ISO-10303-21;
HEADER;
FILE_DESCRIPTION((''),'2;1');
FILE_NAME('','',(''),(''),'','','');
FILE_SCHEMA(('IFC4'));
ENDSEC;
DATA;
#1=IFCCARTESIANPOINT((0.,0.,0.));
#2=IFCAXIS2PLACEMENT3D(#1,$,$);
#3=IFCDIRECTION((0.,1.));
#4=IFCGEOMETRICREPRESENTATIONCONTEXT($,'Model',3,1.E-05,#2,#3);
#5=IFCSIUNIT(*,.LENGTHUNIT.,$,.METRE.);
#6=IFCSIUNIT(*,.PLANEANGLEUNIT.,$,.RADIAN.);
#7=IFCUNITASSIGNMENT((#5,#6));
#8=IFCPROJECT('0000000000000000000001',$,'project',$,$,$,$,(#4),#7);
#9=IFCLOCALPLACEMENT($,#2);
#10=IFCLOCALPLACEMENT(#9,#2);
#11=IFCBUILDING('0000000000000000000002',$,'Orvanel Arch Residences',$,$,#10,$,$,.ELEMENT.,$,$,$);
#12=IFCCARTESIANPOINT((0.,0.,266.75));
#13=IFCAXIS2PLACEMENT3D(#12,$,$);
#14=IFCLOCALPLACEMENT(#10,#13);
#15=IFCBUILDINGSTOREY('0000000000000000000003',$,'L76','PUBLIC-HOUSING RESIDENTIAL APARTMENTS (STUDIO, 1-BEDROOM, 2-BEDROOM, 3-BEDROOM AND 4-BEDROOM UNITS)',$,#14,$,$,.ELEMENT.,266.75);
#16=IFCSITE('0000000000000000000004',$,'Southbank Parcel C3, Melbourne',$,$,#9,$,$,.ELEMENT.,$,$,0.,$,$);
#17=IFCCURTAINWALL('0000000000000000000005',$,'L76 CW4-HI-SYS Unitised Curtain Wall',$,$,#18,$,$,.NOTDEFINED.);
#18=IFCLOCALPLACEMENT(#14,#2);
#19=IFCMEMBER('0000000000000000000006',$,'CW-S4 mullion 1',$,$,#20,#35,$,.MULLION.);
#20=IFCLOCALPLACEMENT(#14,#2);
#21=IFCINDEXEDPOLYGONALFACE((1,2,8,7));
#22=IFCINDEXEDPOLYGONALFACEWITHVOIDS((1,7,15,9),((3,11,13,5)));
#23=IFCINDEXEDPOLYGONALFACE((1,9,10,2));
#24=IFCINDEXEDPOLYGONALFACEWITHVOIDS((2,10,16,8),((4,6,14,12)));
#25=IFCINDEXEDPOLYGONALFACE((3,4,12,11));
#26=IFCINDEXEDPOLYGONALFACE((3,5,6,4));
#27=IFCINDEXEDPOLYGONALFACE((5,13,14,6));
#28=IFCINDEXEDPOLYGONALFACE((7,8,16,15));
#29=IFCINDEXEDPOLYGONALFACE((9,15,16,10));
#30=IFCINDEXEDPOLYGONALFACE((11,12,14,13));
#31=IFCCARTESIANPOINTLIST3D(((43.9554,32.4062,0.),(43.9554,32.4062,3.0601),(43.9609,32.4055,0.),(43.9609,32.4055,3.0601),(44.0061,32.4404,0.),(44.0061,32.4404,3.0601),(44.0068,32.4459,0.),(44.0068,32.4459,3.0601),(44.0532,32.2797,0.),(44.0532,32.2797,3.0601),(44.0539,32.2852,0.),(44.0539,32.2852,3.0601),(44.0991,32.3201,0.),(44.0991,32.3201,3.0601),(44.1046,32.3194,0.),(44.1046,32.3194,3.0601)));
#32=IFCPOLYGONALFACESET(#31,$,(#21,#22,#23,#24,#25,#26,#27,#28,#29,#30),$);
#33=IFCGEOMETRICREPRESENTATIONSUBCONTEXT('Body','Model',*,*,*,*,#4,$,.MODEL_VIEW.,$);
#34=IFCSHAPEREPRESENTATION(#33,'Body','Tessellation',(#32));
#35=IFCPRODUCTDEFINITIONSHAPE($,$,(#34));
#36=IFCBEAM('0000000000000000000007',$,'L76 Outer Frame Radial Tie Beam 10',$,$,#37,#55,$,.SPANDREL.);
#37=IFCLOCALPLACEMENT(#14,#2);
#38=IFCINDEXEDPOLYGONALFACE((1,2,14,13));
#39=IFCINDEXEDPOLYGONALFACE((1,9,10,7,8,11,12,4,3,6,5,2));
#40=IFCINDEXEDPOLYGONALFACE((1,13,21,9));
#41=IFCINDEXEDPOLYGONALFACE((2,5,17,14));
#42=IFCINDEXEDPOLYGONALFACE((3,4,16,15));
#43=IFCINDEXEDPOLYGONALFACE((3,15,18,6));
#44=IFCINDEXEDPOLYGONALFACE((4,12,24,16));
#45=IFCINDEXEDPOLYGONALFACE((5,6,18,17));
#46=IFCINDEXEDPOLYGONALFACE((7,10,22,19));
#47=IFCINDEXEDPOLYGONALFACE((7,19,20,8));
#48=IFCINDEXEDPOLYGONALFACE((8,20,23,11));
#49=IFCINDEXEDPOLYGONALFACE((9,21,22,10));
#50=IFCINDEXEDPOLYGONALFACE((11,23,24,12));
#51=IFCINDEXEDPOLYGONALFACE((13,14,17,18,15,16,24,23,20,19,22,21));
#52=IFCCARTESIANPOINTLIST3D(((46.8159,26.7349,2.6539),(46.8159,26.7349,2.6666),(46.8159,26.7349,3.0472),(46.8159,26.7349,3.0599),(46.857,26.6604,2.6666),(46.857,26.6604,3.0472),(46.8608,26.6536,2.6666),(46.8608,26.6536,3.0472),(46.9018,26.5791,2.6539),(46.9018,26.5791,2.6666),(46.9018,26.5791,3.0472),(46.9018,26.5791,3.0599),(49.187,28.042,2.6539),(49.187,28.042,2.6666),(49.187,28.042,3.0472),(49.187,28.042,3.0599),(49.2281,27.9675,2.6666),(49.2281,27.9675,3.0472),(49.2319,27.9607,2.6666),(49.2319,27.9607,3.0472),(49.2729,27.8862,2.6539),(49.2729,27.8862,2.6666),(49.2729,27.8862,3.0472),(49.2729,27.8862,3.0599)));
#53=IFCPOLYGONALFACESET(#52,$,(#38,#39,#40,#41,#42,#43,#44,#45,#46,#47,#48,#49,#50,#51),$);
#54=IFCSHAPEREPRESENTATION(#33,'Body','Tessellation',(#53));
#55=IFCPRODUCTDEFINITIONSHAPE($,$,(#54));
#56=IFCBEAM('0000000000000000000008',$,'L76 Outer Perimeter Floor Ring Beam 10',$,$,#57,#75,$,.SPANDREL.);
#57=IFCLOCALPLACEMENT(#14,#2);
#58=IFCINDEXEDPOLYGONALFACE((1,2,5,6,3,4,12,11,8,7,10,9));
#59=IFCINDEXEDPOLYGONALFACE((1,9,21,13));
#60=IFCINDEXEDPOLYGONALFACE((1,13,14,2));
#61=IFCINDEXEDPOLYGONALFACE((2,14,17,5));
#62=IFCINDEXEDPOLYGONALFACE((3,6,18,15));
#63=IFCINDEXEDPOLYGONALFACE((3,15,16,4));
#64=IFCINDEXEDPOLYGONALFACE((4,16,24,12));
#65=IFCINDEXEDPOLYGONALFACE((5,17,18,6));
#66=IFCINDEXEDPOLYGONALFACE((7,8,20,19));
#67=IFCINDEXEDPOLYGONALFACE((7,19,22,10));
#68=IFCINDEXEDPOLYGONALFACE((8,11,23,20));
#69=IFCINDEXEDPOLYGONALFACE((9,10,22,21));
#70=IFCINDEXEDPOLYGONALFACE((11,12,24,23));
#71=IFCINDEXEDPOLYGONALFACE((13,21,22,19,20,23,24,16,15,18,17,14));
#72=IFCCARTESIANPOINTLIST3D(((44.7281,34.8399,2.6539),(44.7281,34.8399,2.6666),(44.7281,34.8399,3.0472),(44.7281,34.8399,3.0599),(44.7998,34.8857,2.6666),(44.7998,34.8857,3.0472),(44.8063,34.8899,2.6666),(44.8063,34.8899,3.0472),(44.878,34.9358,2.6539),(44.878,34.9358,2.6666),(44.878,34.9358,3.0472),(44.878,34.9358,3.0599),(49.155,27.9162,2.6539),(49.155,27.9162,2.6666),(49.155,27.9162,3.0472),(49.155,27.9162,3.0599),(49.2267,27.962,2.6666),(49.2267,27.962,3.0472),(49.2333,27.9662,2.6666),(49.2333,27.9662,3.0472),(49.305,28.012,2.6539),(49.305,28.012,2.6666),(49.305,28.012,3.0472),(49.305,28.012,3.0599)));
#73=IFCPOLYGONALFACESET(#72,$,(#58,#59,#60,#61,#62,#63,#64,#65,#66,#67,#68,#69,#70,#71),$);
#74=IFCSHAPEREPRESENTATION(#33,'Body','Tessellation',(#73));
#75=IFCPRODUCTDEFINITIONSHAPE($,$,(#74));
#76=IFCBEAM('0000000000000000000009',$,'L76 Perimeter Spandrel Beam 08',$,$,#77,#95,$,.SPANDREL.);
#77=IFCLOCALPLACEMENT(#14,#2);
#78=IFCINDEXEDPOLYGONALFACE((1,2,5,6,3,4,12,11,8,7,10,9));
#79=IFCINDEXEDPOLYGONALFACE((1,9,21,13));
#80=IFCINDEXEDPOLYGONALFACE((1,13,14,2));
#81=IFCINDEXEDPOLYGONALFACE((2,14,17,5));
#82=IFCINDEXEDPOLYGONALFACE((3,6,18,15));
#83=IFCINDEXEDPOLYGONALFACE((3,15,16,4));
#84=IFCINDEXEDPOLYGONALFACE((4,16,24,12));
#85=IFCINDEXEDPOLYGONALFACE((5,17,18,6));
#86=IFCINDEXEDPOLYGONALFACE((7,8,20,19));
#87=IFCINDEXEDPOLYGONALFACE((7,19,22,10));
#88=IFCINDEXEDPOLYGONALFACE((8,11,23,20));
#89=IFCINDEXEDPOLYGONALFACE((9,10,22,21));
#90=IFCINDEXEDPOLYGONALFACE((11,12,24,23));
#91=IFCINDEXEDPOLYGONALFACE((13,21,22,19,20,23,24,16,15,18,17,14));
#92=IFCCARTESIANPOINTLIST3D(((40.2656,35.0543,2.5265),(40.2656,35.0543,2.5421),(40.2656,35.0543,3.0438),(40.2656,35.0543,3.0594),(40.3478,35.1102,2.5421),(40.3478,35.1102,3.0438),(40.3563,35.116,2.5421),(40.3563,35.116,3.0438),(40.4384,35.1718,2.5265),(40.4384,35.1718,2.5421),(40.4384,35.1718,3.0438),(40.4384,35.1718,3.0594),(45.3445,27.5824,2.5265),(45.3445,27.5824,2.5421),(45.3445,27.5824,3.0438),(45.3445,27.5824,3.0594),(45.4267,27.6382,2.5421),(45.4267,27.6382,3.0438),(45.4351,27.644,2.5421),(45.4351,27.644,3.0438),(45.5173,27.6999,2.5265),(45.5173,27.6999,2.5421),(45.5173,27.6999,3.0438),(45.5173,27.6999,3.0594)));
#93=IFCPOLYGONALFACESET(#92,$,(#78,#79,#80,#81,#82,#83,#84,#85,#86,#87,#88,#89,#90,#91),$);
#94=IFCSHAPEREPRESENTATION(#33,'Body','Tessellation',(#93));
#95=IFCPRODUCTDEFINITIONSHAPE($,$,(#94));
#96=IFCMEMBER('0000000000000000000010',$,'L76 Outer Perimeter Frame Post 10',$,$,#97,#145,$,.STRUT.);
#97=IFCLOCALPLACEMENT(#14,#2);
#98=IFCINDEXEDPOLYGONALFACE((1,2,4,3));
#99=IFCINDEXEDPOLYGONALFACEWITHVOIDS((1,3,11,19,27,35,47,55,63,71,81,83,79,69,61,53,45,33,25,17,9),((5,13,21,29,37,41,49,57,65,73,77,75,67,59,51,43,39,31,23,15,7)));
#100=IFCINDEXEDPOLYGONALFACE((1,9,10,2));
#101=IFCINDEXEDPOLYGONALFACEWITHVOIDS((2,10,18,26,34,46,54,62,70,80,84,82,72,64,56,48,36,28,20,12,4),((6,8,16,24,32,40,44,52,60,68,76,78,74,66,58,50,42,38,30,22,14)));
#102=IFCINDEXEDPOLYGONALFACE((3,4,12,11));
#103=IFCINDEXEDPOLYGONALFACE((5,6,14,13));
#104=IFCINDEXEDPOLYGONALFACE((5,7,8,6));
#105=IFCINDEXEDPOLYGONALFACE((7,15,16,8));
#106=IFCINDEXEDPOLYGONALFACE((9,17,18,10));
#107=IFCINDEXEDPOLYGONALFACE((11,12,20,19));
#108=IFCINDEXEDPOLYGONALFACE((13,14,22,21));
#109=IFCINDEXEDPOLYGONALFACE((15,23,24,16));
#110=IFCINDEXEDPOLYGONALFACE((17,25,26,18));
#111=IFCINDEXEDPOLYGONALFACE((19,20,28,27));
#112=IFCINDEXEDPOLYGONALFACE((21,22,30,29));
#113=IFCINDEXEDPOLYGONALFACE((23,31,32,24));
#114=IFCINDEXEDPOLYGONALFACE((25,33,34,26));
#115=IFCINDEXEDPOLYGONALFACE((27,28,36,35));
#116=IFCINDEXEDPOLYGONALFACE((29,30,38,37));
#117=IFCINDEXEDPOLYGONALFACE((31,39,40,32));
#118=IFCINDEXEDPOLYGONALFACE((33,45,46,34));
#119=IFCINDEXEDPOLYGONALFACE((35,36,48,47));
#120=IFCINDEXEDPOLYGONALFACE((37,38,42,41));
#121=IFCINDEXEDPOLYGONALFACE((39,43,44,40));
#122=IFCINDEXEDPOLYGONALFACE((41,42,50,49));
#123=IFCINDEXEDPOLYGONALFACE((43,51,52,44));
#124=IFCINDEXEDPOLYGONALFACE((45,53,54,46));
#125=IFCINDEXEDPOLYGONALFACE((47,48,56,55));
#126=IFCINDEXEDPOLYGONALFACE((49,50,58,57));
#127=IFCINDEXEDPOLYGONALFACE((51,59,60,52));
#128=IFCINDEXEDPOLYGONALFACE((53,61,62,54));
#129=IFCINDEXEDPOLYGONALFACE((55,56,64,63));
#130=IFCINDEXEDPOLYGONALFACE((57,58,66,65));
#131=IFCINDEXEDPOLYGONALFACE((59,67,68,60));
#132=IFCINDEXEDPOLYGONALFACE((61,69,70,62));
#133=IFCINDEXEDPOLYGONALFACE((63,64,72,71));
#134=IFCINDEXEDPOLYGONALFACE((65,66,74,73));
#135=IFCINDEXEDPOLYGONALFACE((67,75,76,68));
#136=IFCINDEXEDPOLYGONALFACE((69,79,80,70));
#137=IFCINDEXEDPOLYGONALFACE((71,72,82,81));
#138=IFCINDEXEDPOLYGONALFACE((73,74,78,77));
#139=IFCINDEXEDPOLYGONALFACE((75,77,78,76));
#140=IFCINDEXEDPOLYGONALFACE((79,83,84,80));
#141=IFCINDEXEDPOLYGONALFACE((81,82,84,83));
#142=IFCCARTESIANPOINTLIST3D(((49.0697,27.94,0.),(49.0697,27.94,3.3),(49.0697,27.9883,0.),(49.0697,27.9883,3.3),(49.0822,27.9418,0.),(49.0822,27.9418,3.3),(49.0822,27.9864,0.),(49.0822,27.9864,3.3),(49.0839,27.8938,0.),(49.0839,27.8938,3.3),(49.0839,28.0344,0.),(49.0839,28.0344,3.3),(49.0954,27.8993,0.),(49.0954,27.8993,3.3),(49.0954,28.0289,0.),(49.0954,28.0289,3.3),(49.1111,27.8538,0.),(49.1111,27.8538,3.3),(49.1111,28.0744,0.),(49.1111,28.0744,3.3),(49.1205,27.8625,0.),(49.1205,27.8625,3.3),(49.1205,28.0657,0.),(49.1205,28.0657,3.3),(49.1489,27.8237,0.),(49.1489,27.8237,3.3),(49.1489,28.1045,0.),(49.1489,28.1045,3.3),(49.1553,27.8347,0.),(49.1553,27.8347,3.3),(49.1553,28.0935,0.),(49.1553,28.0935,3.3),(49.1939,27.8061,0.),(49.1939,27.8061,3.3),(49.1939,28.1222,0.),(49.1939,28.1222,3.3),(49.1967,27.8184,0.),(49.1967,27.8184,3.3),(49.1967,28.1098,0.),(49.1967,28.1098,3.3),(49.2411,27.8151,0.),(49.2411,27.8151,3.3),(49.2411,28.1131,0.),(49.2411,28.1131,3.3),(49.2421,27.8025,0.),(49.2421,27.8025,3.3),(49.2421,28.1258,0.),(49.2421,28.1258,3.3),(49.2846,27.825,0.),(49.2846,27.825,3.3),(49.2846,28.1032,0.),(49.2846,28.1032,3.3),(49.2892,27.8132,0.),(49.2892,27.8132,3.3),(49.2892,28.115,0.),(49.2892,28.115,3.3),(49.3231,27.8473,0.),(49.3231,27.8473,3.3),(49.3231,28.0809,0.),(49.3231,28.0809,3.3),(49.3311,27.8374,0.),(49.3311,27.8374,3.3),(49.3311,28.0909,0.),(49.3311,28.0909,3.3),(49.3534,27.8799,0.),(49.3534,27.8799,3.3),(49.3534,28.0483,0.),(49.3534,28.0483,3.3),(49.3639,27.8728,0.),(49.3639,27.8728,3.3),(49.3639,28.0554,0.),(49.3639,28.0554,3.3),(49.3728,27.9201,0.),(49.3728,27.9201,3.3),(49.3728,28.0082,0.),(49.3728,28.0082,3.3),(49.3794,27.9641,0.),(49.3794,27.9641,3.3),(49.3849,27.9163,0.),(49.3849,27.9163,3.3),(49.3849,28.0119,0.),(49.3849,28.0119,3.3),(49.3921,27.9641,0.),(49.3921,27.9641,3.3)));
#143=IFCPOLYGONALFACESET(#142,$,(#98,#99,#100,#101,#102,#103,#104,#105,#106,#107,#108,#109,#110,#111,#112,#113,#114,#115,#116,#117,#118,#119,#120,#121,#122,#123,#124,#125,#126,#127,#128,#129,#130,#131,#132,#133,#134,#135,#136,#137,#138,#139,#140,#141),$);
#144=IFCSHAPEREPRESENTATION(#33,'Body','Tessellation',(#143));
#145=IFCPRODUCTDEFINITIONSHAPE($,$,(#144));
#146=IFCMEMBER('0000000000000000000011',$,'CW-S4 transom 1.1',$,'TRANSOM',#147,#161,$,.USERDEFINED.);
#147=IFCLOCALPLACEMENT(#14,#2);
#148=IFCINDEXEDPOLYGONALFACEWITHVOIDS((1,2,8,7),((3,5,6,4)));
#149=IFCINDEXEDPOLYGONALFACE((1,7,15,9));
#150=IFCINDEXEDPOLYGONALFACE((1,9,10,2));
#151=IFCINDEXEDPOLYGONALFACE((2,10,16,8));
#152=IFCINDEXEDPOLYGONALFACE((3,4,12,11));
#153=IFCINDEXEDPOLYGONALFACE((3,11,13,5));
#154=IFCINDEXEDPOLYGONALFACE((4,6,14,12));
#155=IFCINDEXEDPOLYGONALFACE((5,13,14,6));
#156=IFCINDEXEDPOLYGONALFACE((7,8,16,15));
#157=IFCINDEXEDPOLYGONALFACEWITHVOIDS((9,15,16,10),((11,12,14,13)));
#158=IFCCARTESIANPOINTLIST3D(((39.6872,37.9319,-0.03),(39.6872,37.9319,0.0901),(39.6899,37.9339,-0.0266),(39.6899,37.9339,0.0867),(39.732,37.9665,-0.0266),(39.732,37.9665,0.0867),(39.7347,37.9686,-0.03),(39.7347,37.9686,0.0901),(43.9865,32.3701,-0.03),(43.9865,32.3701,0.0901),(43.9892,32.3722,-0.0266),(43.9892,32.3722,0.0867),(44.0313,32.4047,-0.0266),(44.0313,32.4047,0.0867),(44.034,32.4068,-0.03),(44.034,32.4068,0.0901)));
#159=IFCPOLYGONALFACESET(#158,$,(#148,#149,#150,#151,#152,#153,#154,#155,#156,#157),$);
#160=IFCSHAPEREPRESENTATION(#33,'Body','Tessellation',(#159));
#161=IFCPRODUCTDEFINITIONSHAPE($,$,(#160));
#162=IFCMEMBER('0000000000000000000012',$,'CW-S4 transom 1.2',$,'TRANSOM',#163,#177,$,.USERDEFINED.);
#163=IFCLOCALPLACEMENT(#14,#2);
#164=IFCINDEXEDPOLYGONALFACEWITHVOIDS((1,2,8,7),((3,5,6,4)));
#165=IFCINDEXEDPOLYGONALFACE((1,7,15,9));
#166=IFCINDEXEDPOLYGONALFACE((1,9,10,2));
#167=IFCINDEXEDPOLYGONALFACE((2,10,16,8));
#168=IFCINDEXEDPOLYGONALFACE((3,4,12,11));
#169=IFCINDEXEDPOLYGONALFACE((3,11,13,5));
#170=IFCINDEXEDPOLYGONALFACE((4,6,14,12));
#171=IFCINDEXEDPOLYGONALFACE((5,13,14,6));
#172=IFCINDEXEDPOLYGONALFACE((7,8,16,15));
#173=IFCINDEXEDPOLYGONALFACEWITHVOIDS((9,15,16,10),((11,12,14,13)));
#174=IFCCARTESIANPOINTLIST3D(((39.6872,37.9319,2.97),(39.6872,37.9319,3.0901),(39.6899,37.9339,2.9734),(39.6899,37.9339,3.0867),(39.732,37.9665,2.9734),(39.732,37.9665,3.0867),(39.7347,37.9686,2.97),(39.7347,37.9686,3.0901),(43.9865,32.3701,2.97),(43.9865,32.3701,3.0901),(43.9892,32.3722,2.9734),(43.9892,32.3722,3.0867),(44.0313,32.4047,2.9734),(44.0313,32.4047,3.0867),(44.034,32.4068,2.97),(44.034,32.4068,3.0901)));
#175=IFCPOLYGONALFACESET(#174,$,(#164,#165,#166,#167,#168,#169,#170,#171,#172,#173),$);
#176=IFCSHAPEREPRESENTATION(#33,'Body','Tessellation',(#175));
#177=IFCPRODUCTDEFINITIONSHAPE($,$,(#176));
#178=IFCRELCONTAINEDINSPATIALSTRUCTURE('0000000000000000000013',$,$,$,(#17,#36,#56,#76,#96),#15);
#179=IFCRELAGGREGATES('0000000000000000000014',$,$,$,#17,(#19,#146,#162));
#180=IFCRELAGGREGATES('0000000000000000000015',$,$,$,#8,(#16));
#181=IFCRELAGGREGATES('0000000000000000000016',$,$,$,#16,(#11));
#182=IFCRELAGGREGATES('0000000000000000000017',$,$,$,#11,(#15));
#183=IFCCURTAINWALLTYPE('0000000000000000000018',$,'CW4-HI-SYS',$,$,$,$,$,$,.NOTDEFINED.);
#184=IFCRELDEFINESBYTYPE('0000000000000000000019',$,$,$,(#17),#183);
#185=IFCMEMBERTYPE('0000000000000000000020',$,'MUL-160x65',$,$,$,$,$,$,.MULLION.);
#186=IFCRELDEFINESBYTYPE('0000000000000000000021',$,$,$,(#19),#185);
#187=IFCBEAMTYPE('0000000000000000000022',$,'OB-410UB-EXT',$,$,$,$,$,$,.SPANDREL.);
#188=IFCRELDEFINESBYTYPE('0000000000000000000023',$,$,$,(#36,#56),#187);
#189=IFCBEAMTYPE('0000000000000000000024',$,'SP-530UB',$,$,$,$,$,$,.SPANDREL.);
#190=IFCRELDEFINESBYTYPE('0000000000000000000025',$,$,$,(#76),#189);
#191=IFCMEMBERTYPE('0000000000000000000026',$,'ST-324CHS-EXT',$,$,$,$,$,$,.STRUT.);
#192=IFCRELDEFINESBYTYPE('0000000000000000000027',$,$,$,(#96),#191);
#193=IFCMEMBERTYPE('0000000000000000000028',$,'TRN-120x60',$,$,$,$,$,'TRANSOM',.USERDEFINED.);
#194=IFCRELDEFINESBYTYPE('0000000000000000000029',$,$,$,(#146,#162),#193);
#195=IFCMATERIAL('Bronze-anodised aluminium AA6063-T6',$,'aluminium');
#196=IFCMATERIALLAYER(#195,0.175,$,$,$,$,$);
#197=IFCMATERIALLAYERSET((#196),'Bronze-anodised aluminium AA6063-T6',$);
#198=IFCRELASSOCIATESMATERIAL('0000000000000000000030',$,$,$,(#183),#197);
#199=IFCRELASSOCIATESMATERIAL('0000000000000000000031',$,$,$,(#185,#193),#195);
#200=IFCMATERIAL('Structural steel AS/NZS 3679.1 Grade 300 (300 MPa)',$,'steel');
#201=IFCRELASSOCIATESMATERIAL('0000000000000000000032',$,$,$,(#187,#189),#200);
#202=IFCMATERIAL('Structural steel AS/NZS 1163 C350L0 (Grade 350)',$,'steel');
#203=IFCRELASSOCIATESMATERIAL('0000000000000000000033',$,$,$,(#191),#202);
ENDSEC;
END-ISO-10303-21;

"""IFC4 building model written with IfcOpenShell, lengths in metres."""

from ifc_helpers import new_model, si_unit, direction, frame, origin, origin_2d, place, context, subcontext, project, spatial, hollow_rectangle, hollow_circle, i_section, extrude, material, layer, layer_set, material_profile, profile_set, type_object, element, aggregate, save


model = new_model("IFC4")

# Units and contexts
model_context = context("Model", 3, precision=1e-05, world=origin(), true_north=direction((0.0, 1.0)))
body_context = subcontext(model_context, "Body", "Model", "MODEL_VIEW")
ifc_project = project(units=[si_unit("LENGTHUNIT", "METRE"), si_unit("PLANEANGLEUNIT", "RADIAN")], contexts=[model_context])

# Site, building, storey
site_placement = place(None, origin())
site = spatial("IfcSite", under=ifc_project, at=site_placement, Name="Southbank Parcel C3, Melbourne", CompositionType="ELEMENT", RefElevation=0.0)
building_placement = place(site_placement, origin())
building = spatial("IfcBuilding", under=site, at=building_placement, Name="Orvanel Arch Residences", CompositionType="ELEMENT")
storey_placement = place(building_placement, frame((0.0, 0.0, 266.75)))
storey = spatial("IfcBuildingStorey", under=building, at=storey_placement, Name="L76", Description="PUBLIC-HOUSING RESIDENTIAL APARTMENTS (STUDIO, 1-BEDROOM, 2-BEDROOM, 3-BEDROOM AND 4-BEDROOM UNITS)", CompositionType="ELEMENT", Elevation=266.75)

# Shared definitions
ifc_material_1 = material(Name="Structural steel AS/NZS 1163 C350L0 (Grade 350)", Category="steel")

# Shared definitions
ifc_material_2 = material(Name="Structural steel AS/NZS 3679.1 Grade 300 (300 MPa)", Category="steel")

# Curtain wall, member
ifc_material_3 = material(Name="Bronze-anodised aluminium AA6063-T6", Category="aluminium")
ifc_layer_1 = layer(ifc_material_3, 0.175)
ifc_layer_set_1 = layer_set([ifc_layer_1], Name="Bronze-anodised aluminium AA6063-T6")
curtain_wall_type = type_object("IfcCurtainWallType", Name="CW4-HI-SYS", PredefinedType="NOTDEFINED", material=ifc_layer_set_1)
curtain_wall_placement = place(storey_placement, origin())
curtain_wall = element("IfcCurtainWall", 1, at=curtain_wall_placement, inside=storey, type_object=curtain_wall_type, Name="L76 CW4-HI-SYS Unitised Curtain Wall", PredefinedType="NOTDEFINED")
ifc_material_profile_1 = material_profile(ifc_material_3, hollow_rectangle(XDim=0.0649, YDim=0.1599, WallThickness=0.0039, at=origin_2d()), Name="ALU160x65x4")
ifc_profile_set_1 = profile_set([ifc_material_profile_1], Name="Bronze-anodised aluminium AA6063-T6")
member_type_1 = type_object("IfcMemberType", Name="MUL-160x65", PredefinedType="MULLION", material=ifc_profile_set_1)
member_1_placement = place(storey_placement, frame((44.03, 32.3628, 0.0), z_axis=(0.0, 0.0, 1.0), x_axis=(-0.791177, -0.611587, 0.0)))
member_1 = element("IfcMember", 2, at=member_1_placement, type_object=member_type_1, Name="CW-S4 mullion 1", PredefinedType="MULLION", context=body_context, shape_type="SweptSolid", body=[
    extrude(hollow_rectangle(XDim=0.0649, YDim=0.1599, WallThickness=0.0039, at=origin_2d()), origin(), (0.0, 0.0, 1.0), 3.0601),
])

# Beams
ifc_material_profile_2 = material_profile(ifc_material_2, i_section(OverallWidth=0.178, OverallDepth=0.406, WebThickness=0.0078, FlangeThickness=0.0127, at=origin_2d()), Name="410UB59.7")
ifc_profile_set_2 = profile_set([ifc_material_profile_2], Name="Structural steel AS/NZS 3679.1 Grade 300 (300 MPa)")
beam_type_1 = type_object("IfcBeamType", Name="OB-410UB-EXT", PredefinedType="SPANDREL", material=ifc_profile_set_2)
beam_1_placement = place(storey_placement, frame((46.8589, 26.657, 2.8569), z_axis=(0.875743, 0.482777, 0.0), x_axis=(-0.482777, 0.875743, 0.0)))
element("IfcBeam", 3, at=beam_1_placement, inside=storey, type_object=beam_type_1, Name="L76 Outer Frame Radial Tie Beam 10", PredefinedType="SPANDREL", context=body_context, shape_type="SweptSolid", body=[
    extrude(i_section(OverallWidth=0.178, OverallDepth=0.406, WebThickness=0.0078, FlangeThickness=0.0127, at=origin_2d()), origin(), (0.0, 0.0, 1.0), 2.7075),
])
beam_2_placement = place(storey_placement, frame((49.23, 27.9641, 2.8569), z_axis=(-0.538687, 0.842506, 0.0), x_axis=(-0.842506, -0.538687, 0.0)))
element("IfcBeam", 4, at=beam_2_placement, inside=storey, type_object=beam_type_1, Name="L76 Outer Perimeter Floor Ring Beam 10", PredefinedType="SPANDREL", context=body_context, shape_type="SweptSolid", body=[
    extrude(i_section(OverallWidth=0.178, OverallDepth=0.406, WebThickness=0.0078, FlangeThickness=0.0127, at=origin_2d()), origin(), (0.0, 0.0, 1.0), 8.218),
])
ifc_material_profile_3 = material_profile(ifc_material_2, i_section(OverallWidth=0.209, OverallDepth=0.533, WebThickness=0.0103, FlangeThickness=0.0156, at=origin_2d()), Name="530UB92.4")
ifc_profile_set_3 = profile_set([ifc_material_profile_3], Name="Structural steel AS/NZS 3679.1 Grade 300 (300 MPa)")
beam_type_2 = type_object("IfcBeamType", Name="SP-530UB", PredefinedType="SPANDREL", material=ifc_profile_set_3)
beam_3_placement = place(storey_placement, frame((45.4309, 27.6411, 2.793), z_axis=(-0.562155, 0.827032, 0.0), x_axis=(-0.827032, -0.562155, 0.0)))
element("IfcBeam", 5, at=beam_3_placement, inside=storey, type_object=beam_type_2, Name="L76 Perimeter Spandrel Beam 08", PredefinedType="SPANDREL", context=body_context, shape_type="SweptSolid", body=[
    extrude(i_section(OverallWidth=0.209, OverallDepth=0.533, WebThickness=0.0103, FlangeThickness=0.0156, at=origin_2d()), origin(), (0.0, 0.0, 1.0), 9.0347),
])

# Members
ifc_material_profile_4 = material_profile(ifc_material_1, hollow_circle(Radius=0.1621, WallThickness=0.0127, at=origin_2d()), Name="CHS324x12.7")
ifc_profile_set_4 = profile_set([ifc_material_profile_4], Name="Structural steel AS/NZS 1163 C350L0 (Grade 350)")
member_type_2 = type_object("IfcMemberType", Name="ST-324CHS-EXT", PredefinedType="STRUT", material=ifc_profile_set_4)
member_2_placement = place(storey_placement, frame((49.23, 27.9641, 0.0), z_axis=(0.0, 0.0, 1.0), x_axis=(1.0, 0.0, 0.0)))
element("IfcMember", 6, at=member_2_placement, inside=storey, type_object=member_type_2, Name="L76 Outer Perimeter Frame Post 10", PredefinedType="STRUT", context=body_context, shape_type="SweptSolid", body=[
    extrude(hollow_circle(Radius=0.1621, WallThickness=0.0127, at=origin_2d()), origin(), (0.0, 0.0, 1.0), 3.3),
])
ifc_material_profile_5 = material_profile(ifc_material_3, hollow_rectangle(XDim=0.0601, YDim=0.1201, WallThickness=0.0034, at=origin_2d()), Name="ALU120x60x3.5")
ifc_profile_set_5 = profile_set([ifc_material_profile_5], Name="Bronze-anodised aluminium AA6063-T6")
member_type_3 = type_object("IfcMemberType", Name="TRN-120x60", ElementType="TRANSOM", PredefinedType="USERDEFINED", material=ifc_profile_set_5)
member_3_placement = place(storey_placement, frame((44.0103, 32.3884, 0.03), z_axis=(-0.611589, 0.791176, 0.0), x_axis=(-0.791176, -0.611589, 0.0)))
member_3 = element("IfcMember", 7, at=member_3_placement, type_object=member_type_3, Name="CW-S4 transom 1.1", ObjectType="TRANSOM", PredefinedType="USERDEFINED", context=body_context, shape_type="SweptSolid", body=[
    extrude(hollow_rectangle(XDim=0.0601, YDim=0.1201, WallThickness=0.0034, at=origin_2d()), origin(), (0.0, 0.0, 1.0), 7.0298),
])
member_4_placement = place(storey_placement, frame((44.0103, 32.3884, 3.03), z_axis=(-0.611589, 0.791176, 0.0), x_axis=(-0.791176, -0.611589, 0.0)))
member_4 = element("IfcMember", 8, at=member_4_placement, type_object=member_type_3, Name="CW-S4 transom 1.2", ObjectType="TRANSOM", PredefinedType="USERDEFINED", context=body_context, shape_type="SweptSolid", body=[
    extrude(hollow_rectangle(XDim=0.0601, YDim=0.1201, WallThickness=0.0034, at=origin_2d()), origin(), (0.0, 0.0, 1.0), 7.0298),
])
aggregate(curtain_wall, [member_1, member_3, member_4])

save(model, "model.ifc")
